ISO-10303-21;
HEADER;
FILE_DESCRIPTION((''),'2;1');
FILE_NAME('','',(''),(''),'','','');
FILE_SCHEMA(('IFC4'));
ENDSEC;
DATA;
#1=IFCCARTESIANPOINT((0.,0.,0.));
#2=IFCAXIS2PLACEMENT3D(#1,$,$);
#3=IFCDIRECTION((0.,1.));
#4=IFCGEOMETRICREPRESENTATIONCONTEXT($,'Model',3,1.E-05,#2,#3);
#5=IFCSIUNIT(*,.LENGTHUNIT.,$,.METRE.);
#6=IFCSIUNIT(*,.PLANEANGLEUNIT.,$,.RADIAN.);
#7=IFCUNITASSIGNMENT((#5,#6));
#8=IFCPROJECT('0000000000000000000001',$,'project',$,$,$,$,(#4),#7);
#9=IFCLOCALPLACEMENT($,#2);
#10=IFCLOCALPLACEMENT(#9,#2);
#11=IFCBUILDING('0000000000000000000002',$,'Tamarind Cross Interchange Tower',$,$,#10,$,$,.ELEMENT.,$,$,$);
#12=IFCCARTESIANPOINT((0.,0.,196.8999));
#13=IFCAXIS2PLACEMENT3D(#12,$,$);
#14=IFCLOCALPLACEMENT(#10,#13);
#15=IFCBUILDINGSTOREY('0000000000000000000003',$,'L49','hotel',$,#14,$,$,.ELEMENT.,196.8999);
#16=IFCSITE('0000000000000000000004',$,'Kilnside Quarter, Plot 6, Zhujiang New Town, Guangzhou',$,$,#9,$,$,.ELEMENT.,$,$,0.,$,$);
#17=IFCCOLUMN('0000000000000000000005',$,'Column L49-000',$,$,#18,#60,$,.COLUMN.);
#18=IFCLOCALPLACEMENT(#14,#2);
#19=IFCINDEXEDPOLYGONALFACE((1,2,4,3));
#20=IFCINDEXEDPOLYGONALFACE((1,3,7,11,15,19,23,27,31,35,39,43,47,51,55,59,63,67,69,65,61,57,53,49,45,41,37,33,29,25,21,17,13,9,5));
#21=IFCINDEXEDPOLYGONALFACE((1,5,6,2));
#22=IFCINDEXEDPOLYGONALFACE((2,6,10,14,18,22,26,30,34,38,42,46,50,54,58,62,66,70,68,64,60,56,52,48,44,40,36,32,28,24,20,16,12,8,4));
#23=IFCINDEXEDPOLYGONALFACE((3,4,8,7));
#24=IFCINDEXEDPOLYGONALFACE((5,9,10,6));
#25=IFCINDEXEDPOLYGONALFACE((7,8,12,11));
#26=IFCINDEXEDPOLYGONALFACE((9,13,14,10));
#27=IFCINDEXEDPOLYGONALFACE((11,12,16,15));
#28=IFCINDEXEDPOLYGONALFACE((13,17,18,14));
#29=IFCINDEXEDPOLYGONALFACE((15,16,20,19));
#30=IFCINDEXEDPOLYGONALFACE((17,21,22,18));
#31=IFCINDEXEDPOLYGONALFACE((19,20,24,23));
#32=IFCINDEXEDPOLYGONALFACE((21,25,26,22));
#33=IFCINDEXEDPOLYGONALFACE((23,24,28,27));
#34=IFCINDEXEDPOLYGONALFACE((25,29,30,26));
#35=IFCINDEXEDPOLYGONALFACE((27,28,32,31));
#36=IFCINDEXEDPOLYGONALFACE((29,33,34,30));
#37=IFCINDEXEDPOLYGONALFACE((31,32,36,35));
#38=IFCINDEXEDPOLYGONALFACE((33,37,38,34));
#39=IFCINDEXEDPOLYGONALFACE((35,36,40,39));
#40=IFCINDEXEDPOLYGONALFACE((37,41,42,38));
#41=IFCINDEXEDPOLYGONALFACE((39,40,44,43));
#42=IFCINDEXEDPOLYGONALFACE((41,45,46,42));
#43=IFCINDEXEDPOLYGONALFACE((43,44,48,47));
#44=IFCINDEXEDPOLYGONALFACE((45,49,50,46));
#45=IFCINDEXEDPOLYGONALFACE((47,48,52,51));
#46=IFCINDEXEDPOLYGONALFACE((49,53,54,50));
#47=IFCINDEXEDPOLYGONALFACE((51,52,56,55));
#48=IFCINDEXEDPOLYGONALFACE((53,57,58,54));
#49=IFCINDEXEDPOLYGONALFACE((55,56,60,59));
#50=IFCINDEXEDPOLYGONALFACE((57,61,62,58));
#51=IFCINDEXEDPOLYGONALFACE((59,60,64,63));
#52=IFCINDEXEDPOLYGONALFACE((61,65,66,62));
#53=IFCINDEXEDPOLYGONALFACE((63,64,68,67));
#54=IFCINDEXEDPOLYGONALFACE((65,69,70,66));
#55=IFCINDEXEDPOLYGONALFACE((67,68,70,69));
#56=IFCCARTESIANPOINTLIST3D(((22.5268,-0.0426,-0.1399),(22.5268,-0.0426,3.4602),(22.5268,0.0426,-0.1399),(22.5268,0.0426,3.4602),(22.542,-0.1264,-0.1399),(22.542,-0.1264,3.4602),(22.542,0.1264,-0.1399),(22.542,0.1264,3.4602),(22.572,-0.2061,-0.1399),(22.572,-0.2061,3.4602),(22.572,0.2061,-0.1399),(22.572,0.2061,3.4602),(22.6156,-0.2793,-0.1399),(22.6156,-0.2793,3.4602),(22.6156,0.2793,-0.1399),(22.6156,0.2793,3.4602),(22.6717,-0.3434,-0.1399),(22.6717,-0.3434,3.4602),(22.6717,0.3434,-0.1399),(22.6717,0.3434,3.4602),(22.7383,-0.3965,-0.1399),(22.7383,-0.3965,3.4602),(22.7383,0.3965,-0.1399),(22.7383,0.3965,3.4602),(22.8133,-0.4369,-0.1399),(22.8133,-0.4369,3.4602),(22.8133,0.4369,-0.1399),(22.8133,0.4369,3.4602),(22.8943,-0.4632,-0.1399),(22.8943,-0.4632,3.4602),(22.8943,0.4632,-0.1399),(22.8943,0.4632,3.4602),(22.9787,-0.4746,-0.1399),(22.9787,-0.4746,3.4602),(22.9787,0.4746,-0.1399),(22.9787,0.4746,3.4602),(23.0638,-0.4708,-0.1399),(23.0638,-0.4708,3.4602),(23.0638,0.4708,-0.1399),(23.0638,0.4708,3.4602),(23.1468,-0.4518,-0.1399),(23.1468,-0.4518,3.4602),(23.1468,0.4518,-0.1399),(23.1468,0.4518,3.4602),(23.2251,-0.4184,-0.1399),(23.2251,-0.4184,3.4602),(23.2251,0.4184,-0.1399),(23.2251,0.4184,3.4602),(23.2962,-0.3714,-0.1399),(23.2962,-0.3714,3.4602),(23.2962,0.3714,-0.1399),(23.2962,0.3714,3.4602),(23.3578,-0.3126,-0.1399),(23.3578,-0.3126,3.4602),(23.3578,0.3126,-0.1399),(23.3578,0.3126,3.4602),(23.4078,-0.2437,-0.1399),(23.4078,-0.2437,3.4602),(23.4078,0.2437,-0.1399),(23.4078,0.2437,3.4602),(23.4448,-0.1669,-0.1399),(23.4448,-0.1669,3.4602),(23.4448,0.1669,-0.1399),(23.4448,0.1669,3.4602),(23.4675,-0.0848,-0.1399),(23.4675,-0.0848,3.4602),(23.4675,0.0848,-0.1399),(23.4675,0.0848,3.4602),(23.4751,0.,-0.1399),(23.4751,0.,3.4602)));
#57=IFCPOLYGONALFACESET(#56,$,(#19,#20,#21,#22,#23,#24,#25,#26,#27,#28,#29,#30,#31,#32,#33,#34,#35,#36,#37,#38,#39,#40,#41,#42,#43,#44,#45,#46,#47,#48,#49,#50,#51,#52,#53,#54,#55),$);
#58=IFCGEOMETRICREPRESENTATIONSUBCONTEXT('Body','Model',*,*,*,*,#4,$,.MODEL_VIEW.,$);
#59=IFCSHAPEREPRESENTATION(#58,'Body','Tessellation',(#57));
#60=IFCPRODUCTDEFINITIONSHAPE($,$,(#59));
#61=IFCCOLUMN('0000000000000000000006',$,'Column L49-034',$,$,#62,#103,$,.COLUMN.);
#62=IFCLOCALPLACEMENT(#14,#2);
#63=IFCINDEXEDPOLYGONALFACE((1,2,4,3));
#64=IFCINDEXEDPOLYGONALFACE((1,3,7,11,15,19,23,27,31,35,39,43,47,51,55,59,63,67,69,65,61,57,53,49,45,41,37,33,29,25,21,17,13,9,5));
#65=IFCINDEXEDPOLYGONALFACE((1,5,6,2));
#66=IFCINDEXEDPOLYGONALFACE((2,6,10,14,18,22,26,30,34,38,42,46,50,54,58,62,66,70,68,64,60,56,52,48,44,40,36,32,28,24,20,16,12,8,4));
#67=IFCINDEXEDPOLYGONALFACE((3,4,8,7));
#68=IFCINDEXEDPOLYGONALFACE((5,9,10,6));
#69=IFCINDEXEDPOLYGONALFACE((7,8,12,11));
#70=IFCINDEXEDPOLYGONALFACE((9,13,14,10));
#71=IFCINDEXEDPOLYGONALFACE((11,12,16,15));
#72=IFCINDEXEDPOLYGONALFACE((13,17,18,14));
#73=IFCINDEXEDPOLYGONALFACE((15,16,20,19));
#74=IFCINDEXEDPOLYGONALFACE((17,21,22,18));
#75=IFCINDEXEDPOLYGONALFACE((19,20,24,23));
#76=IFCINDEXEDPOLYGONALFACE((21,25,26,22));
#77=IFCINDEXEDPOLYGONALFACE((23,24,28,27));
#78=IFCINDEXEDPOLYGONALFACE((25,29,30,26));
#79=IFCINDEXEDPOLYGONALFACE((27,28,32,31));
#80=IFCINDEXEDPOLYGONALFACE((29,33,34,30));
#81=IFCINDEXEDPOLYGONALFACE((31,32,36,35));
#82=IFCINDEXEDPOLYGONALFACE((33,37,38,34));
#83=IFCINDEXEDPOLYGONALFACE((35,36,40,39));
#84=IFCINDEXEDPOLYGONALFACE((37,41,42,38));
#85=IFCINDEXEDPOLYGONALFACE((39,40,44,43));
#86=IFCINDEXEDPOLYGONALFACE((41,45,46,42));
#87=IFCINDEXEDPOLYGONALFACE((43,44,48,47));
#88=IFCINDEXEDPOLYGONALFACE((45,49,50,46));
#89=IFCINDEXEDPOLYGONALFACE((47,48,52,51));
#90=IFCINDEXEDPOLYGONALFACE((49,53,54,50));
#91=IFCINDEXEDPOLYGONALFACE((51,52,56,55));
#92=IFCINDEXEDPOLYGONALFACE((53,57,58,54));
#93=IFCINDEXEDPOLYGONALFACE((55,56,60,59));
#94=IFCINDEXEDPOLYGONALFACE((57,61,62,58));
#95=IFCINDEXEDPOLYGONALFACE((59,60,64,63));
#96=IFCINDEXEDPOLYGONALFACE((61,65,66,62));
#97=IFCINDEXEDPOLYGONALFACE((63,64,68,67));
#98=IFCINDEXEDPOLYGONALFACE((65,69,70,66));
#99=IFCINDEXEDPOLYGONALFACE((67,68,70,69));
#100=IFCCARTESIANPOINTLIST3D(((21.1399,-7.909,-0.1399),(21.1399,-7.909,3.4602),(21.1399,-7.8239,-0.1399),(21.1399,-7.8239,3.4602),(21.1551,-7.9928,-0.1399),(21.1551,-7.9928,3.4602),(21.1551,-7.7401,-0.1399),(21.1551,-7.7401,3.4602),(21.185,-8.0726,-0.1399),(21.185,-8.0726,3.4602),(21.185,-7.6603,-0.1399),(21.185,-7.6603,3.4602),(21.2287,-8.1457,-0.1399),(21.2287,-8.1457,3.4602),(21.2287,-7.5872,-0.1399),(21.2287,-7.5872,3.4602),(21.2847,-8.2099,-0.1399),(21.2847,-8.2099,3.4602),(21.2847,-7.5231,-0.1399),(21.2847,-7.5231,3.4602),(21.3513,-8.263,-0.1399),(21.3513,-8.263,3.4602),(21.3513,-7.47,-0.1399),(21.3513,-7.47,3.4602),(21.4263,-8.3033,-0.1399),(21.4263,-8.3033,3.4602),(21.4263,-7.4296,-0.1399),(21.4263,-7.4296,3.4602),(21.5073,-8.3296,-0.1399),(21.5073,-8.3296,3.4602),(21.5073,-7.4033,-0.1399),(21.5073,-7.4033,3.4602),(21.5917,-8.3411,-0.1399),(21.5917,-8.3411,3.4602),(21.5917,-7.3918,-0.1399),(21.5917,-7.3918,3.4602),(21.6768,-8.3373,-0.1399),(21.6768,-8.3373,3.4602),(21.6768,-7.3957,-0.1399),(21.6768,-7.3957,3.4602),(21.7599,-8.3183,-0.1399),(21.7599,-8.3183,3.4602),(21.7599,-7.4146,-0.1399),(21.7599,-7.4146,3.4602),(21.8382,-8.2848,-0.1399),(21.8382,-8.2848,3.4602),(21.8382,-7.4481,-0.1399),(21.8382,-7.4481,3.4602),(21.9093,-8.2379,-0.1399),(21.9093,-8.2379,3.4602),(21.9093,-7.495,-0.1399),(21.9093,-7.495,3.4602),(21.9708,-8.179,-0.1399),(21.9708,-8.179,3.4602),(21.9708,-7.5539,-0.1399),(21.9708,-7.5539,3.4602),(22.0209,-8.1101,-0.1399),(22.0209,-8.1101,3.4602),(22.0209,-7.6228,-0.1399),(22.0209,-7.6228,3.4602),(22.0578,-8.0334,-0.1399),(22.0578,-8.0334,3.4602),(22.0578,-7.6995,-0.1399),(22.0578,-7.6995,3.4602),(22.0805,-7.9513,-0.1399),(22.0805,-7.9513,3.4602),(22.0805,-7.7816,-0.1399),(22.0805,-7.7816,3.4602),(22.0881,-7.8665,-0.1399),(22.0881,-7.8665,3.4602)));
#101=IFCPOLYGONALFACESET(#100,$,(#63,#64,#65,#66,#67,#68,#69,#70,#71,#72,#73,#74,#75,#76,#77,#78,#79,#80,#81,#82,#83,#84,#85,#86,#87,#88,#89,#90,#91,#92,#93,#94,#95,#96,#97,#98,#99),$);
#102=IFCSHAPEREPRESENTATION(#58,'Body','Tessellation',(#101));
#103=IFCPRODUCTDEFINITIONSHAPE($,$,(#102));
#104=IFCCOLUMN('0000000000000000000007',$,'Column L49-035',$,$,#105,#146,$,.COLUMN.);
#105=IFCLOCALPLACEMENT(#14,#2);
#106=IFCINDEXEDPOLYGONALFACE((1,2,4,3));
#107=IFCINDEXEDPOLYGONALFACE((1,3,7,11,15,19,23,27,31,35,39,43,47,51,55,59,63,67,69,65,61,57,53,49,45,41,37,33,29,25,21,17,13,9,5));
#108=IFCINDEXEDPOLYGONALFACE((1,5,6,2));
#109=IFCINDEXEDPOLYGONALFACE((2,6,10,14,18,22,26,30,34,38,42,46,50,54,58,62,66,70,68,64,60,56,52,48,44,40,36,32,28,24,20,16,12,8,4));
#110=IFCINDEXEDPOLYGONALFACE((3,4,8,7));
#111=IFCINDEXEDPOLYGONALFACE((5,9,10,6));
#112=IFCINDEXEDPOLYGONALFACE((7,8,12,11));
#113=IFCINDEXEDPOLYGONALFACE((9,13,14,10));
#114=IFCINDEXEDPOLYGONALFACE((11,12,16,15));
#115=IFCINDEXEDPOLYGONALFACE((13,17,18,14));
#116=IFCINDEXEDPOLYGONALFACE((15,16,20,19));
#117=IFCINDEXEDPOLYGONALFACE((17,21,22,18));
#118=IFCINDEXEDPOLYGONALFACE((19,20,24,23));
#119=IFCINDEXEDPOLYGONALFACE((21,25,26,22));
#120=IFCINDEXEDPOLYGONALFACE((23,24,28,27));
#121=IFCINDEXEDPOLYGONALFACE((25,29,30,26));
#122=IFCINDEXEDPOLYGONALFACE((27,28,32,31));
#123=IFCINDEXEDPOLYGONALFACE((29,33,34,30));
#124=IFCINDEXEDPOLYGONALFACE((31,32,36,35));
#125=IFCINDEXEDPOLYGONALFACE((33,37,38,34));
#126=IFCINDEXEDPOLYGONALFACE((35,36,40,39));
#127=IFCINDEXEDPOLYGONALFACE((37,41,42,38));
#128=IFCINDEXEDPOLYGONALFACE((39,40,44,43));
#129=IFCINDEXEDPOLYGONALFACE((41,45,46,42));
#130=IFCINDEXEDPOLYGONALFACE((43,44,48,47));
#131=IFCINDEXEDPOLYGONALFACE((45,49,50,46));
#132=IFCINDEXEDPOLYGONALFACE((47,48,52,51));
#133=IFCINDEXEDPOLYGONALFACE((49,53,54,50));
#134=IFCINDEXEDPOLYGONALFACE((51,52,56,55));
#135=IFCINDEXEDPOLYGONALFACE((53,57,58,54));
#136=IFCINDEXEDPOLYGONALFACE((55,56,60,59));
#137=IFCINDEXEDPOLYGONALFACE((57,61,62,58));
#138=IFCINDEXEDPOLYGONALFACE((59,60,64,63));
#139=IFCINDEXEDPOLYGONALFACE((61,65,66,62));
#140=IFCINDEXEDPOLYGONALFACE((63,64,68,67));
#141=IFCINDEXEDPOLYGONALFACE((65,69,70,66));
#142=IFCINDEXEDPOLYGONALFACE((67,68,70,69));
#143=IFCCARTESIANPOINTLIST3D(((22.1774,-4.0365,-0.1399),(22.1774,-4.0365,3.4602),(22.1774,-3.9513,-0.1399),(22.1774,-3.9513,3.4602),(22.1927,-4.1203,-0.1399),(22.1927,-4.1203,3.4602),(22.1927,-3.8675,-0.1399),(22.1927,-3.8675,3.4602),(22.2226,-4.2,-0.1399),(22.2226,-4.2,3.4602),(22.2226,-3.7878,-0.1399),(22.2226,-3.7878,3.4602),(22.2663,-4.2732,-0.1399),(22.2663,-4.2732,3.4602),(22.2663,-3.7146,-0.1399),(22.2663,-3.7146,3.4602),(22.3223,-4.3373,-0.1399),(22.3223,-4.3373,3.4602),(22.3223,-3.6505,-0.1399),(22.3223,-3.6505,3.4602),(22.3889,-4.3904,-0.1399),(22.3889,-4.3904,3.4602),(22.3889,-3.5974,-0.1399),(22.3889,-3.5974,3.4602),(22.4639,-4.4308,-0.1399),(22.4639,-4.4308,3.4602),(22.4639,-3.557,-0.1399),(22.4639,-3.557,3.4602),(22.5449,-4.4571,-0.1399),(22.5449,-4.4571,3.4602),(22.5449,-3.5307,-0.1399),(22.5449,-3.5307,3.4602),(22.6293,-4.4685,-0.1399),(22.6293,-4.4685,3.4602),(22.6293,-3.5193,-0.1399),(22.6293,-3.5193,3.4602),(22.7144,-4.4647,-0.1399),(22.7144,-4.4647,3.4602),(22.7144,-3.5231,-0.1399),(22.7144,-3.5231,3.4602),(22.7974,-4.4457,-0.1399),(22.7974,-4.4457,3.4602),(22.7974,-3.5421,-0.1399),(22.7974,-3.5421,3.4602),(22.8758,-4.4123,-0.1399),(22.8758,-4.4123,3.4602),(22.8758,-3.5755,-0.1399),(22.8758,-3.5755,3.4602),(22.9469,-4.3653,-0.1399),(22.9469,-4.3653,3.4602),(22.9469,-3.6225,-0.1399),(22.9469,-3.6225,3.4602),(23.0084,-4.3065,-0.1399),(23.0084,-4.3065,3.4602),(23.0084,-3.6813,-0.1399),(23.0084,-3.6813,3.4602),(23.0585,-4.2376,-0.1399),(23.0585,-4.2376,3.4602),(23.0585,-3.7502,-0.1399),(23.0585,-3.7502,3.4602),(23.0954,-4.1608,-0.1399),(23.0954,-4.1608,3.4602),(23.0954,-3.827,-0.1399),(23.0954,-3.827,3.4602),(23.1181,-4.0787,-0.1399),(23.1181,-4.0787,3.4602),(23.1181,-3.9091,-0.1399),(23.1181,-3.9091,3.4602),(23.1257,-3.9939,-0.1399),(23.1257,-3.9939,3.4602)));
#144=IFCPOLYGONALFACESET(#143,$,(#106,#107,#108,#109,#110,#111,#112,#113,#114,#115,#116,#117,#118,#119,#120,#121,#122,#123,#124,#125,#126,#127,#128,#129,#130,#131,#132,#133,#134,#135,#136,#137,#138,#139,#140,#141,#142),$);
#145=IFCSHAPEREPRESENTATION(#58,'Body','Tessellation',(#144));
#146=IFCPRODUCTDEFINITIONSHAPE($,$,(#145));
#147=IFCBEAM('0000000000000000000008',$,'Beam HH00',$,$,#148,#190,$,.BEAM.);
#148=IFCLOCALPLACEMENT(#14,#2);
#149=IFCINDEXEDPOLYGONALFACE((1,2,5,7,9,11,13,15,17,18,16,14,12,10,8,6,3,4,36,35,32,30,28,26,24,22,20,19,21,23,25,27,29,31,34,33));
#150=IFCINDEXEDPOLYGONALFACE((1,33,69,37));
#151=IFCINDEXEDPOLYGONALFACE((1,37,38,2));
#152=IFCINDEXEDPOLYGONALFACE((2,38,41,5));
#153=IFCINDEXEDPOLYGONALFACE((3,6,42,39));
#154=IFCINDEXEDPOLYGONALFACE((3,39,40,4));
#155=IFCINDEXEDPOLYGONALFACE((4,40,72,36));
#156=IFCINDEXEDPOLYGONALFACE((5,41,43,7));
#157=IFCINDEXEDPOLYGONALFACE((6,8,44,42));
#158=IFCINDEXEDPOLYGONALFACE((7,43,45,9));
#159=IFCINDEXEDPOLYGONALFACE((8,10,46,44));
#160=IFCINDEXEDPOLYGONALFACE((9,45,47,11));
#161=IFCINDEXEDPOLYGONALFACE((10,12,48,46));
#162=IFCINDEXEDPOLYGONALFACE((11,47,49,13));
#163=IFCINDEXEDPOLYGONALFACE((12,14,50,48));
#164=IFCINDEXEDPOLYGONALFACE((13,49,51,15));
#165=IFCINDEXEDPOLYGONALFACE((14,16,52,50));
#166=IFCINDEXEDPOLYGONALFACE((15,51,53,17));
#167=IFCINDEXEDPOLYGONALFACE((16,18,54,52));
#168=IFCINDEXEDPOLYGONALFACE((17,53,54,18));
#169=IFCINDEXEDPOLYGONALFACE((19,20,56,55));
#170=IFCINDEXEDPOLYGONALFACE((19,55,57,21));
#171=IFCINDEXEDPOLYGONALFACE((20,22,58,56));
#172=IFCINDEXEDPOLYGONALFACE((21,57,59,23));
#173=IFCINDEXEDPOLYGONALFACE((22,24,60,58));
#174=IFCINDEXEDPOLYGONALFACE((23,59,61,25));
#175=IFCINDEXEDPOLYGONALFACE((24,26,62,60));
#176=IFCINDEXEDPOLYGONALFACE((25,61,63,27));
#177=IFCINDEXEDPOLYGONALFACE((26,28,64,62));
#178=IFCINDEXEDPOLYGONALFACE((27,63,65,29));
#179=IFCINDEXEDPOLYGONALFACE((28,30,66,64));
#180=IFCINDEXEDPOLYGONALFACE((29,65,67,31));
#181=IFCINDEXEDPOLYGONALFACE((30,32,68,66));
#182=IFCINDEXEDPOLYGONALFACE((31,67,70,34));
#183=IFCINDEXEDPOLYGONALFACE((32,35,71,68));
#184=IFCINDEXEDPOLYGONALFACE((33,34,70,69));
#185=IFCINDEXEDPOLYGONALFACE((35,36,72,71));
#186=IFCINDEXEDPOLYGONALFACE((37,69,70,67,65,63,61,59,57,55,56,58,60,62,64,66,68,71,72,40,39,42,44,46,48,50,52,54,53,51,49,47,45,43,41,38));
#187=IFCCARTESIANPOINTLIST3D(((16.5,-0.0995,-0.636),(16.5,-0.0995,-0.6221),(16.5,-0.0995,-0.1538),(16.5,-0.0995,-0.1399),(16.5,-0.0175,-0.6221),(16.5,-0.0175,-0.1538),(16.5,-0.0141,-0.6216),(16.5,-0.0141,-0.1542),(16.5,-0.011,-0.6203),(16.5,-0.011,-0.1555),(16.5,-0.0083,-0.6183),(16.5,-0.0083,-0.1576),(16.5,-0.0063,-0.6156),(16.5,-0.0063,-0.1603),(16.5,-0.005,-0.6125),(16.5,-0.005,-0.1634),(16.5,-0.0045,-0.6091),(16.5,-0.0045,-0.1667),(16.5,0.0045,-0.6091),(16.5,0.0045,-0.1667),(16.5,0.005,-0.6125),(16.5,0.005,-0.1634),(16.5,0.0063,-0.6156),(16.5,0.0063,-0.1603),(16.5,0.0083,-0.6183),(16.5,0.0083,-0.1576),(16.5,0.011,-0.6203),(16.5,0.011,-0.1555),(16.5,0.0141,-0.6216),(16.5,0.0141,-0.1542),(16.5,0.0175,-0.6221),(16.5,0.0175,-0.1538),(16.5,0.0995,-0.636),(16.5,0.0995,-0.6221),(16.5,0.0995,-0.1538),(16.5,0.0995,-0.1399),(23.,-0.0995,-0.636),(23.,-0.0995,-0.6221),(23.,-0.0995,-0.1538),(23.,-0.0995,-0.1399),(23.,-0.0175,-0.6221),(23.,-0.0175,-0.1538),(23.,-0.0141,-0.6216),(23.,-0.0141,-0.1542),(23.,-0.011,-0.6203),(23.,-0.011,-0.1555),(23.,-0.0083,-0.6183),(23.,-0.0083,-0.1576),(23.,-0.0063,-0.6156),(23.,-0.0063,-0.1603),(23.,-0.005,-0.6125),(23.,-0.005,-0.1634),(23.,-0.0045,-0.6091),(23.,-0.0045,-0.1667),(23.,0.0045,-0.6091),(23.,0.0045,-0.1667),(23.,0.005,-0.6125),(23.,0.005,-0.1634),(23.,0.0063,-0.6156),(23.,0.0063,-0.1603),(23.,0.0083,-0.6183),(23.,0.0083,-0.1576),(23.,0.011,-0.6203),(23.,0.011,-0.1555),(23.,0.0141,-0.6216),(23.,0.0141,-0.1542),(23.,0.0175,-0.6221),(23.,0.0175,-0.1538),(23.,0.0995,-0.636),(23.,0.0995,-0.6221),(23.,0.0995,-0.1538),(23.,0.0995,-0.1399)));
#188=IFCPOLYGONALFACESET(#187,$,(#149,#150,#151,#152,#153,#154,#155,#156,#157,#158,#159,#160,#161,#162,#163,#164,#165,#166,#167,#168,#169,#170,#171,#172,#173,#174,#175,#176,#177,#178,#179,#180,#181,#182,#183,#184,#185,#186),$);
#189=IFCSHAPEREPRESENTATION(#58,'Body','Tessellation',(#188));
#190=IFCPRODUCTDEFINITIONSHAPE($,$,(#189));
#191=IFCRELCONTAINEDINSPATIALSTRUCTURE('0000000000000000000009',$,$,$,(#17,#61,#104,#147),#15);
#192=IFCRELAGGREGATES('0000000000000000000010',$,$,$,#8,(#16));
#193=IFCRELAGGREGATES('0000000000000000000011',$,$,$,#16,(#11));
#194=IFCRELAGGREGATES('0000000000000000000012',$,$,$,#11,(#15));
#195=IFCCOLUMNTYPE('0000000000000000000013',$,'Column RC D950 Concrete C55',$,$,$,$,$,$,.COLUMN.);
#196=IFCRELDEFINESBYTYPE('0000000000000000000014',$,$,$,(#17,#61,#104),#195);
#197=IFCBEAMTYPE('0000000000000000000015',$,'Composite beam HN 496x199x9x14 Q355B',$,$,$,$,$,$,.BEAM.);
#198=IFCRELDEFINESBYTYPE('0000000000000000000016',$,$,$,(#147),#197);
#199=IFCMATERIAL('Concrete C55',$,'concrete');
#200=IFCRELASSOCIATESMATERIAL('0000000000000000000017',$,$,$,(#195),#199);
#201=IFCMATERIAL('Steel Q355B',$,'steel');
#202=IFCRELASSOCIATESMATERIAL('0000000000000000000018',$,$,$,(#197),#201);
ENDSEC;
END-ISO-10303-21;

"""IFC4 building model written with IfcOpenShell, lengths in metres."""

from ifc_helpers import new_model, si_unit, direction, frame, origin, origin_2d, place, context, subcontext, project, spatial, circle, i_section, extrude, material, material_profile, profile_set, type_object, element, save


model = new_model("IFC4")

# Units and contexts
model_context = context("Model", 3, precision=1e-05, world=origin(), true_north=direction((0.0, 1.0)))
body_context = subcontext(model_context, "Body", "Model", "MODEL_VIEW")
ifc_project = project(units=[si_unit("LENGTHUNIT", "METRE"), si_unit("PLANEANGLEUNIT", "RADIAN")], contexts=[model_context])

# Site, building, storey
site_placement = place(None, origin())
site = spatial("IfcSite", under=ifc_project, at=site_placement, Name="Kilnside Quarter, Plot 6, Zhujiang New Town, Guangzhou", CompositionType="ELEMENT", RefElevation=0.0)
building_placement = place(site_placement, origin())
building = spatial("IfcBuilding", under=site, at=building_placement, Name="Tamarind Cross Interchange Tower", CompositionType="ELEMENT")
storey_placement = place(building_placement, frame((0.0, 0.0, 196.8999)))
storey = spatial("IfcBuildingStorey", under=building, at=storey_placement, Name="L49", Description="hotel", CompositionType="ELEMENT", Elevation=196.8999)

# Columns
ifc_material_1 = material(Name="Concrete C55", Category="concrete")
ifc_material_profile_1 = material_profile(ifc_material_1, circle(Radius=0.4751, at=origin_2d()), Name="RC D950")
ifc_profile_set_1 = profile_set([ifc_material_profile_1], Name="Concrete C55")
column_type = type_object("IfcColumnType", Name="Column RC D950 Concrete C55", PredefinedType="COLUMN", material=ifc_profile_set_1)
for number, where, z_axis, x_axis, name in (
    (1, (23.0, 0.0, -0.1399), (0.0, 0.0, 1.0), (1.0, 0.0, 0.0), "Column L49-000"),
    (2, (21.613, -7.8665, -0.1399), (0.0, 0.0, 1.0), (1.0, 0.0, 0.0), "Column L49-034"),
    (3, (22.6506, -3.9939, -0.1399), (0.0, 0.0, 1.0), (1.0, 0.0, 0.0), "Column L49-035"),
):
    element("IfcColumn", number, at=place(storey_placement, frame(where, z_axis=z_axis, x_axis=x_axis)), inside=storey, type_object=column_type, Name=name, PredefinedType="COLUMN", context=body_context, shape_type="SweptSolid", body=[
        extrude(circle(Radius=0.4751, at=origin_2d()), origin(), (0.0, 0.0, 1.0), 3.6001),
    ])

# Beam
ifc_material_2 = material(Name="Steel Q355B", Category="steel")
ifc_material_profile_2 = material_profile(ifc_material_2, i_section(OverallWidth=0.199, OverallDepth=0.4961, WebThickness=0.009, FlangeThickness=0.0139, FilletRadius=0.0129, at=origin_2d()), Name="HN 496x199x9x14")
ifc_profile_set_2 = profile_set([ifc_material_profile_2], Name="Steel Q355B")
beam_type = type_object("IfcBeamType", Name="Composite beam HN 496x199x9x14 Q355B", PredefinedType="BEAM", material=ifc_profile_set_2)
beam_1_placement = place(storey_placement, frame((23.0, 0.0, -0.3879), z_axis=(-1.0, 0.0, 0.0), x_axis=(0.0, -1.0, 0.0)))
element("IfcBeam", 4, at=beam_1_placement, inside=storey, type_object=beam_type, Name="Beam HH00", PredefinedType="BEAM", context=body_context, shape_type="SweptSolid", body=[
    extrude(i_section(OverallWidth=0.199, OverallDepth=0.4961, WebThickness=0.009, FlangeThickness=0.0139, FilletRadius=0.0129, at=origin_2d()), origin(), (0.0, 0.0, 1.0), 6.5),
])

save(model, "model.ifc")
